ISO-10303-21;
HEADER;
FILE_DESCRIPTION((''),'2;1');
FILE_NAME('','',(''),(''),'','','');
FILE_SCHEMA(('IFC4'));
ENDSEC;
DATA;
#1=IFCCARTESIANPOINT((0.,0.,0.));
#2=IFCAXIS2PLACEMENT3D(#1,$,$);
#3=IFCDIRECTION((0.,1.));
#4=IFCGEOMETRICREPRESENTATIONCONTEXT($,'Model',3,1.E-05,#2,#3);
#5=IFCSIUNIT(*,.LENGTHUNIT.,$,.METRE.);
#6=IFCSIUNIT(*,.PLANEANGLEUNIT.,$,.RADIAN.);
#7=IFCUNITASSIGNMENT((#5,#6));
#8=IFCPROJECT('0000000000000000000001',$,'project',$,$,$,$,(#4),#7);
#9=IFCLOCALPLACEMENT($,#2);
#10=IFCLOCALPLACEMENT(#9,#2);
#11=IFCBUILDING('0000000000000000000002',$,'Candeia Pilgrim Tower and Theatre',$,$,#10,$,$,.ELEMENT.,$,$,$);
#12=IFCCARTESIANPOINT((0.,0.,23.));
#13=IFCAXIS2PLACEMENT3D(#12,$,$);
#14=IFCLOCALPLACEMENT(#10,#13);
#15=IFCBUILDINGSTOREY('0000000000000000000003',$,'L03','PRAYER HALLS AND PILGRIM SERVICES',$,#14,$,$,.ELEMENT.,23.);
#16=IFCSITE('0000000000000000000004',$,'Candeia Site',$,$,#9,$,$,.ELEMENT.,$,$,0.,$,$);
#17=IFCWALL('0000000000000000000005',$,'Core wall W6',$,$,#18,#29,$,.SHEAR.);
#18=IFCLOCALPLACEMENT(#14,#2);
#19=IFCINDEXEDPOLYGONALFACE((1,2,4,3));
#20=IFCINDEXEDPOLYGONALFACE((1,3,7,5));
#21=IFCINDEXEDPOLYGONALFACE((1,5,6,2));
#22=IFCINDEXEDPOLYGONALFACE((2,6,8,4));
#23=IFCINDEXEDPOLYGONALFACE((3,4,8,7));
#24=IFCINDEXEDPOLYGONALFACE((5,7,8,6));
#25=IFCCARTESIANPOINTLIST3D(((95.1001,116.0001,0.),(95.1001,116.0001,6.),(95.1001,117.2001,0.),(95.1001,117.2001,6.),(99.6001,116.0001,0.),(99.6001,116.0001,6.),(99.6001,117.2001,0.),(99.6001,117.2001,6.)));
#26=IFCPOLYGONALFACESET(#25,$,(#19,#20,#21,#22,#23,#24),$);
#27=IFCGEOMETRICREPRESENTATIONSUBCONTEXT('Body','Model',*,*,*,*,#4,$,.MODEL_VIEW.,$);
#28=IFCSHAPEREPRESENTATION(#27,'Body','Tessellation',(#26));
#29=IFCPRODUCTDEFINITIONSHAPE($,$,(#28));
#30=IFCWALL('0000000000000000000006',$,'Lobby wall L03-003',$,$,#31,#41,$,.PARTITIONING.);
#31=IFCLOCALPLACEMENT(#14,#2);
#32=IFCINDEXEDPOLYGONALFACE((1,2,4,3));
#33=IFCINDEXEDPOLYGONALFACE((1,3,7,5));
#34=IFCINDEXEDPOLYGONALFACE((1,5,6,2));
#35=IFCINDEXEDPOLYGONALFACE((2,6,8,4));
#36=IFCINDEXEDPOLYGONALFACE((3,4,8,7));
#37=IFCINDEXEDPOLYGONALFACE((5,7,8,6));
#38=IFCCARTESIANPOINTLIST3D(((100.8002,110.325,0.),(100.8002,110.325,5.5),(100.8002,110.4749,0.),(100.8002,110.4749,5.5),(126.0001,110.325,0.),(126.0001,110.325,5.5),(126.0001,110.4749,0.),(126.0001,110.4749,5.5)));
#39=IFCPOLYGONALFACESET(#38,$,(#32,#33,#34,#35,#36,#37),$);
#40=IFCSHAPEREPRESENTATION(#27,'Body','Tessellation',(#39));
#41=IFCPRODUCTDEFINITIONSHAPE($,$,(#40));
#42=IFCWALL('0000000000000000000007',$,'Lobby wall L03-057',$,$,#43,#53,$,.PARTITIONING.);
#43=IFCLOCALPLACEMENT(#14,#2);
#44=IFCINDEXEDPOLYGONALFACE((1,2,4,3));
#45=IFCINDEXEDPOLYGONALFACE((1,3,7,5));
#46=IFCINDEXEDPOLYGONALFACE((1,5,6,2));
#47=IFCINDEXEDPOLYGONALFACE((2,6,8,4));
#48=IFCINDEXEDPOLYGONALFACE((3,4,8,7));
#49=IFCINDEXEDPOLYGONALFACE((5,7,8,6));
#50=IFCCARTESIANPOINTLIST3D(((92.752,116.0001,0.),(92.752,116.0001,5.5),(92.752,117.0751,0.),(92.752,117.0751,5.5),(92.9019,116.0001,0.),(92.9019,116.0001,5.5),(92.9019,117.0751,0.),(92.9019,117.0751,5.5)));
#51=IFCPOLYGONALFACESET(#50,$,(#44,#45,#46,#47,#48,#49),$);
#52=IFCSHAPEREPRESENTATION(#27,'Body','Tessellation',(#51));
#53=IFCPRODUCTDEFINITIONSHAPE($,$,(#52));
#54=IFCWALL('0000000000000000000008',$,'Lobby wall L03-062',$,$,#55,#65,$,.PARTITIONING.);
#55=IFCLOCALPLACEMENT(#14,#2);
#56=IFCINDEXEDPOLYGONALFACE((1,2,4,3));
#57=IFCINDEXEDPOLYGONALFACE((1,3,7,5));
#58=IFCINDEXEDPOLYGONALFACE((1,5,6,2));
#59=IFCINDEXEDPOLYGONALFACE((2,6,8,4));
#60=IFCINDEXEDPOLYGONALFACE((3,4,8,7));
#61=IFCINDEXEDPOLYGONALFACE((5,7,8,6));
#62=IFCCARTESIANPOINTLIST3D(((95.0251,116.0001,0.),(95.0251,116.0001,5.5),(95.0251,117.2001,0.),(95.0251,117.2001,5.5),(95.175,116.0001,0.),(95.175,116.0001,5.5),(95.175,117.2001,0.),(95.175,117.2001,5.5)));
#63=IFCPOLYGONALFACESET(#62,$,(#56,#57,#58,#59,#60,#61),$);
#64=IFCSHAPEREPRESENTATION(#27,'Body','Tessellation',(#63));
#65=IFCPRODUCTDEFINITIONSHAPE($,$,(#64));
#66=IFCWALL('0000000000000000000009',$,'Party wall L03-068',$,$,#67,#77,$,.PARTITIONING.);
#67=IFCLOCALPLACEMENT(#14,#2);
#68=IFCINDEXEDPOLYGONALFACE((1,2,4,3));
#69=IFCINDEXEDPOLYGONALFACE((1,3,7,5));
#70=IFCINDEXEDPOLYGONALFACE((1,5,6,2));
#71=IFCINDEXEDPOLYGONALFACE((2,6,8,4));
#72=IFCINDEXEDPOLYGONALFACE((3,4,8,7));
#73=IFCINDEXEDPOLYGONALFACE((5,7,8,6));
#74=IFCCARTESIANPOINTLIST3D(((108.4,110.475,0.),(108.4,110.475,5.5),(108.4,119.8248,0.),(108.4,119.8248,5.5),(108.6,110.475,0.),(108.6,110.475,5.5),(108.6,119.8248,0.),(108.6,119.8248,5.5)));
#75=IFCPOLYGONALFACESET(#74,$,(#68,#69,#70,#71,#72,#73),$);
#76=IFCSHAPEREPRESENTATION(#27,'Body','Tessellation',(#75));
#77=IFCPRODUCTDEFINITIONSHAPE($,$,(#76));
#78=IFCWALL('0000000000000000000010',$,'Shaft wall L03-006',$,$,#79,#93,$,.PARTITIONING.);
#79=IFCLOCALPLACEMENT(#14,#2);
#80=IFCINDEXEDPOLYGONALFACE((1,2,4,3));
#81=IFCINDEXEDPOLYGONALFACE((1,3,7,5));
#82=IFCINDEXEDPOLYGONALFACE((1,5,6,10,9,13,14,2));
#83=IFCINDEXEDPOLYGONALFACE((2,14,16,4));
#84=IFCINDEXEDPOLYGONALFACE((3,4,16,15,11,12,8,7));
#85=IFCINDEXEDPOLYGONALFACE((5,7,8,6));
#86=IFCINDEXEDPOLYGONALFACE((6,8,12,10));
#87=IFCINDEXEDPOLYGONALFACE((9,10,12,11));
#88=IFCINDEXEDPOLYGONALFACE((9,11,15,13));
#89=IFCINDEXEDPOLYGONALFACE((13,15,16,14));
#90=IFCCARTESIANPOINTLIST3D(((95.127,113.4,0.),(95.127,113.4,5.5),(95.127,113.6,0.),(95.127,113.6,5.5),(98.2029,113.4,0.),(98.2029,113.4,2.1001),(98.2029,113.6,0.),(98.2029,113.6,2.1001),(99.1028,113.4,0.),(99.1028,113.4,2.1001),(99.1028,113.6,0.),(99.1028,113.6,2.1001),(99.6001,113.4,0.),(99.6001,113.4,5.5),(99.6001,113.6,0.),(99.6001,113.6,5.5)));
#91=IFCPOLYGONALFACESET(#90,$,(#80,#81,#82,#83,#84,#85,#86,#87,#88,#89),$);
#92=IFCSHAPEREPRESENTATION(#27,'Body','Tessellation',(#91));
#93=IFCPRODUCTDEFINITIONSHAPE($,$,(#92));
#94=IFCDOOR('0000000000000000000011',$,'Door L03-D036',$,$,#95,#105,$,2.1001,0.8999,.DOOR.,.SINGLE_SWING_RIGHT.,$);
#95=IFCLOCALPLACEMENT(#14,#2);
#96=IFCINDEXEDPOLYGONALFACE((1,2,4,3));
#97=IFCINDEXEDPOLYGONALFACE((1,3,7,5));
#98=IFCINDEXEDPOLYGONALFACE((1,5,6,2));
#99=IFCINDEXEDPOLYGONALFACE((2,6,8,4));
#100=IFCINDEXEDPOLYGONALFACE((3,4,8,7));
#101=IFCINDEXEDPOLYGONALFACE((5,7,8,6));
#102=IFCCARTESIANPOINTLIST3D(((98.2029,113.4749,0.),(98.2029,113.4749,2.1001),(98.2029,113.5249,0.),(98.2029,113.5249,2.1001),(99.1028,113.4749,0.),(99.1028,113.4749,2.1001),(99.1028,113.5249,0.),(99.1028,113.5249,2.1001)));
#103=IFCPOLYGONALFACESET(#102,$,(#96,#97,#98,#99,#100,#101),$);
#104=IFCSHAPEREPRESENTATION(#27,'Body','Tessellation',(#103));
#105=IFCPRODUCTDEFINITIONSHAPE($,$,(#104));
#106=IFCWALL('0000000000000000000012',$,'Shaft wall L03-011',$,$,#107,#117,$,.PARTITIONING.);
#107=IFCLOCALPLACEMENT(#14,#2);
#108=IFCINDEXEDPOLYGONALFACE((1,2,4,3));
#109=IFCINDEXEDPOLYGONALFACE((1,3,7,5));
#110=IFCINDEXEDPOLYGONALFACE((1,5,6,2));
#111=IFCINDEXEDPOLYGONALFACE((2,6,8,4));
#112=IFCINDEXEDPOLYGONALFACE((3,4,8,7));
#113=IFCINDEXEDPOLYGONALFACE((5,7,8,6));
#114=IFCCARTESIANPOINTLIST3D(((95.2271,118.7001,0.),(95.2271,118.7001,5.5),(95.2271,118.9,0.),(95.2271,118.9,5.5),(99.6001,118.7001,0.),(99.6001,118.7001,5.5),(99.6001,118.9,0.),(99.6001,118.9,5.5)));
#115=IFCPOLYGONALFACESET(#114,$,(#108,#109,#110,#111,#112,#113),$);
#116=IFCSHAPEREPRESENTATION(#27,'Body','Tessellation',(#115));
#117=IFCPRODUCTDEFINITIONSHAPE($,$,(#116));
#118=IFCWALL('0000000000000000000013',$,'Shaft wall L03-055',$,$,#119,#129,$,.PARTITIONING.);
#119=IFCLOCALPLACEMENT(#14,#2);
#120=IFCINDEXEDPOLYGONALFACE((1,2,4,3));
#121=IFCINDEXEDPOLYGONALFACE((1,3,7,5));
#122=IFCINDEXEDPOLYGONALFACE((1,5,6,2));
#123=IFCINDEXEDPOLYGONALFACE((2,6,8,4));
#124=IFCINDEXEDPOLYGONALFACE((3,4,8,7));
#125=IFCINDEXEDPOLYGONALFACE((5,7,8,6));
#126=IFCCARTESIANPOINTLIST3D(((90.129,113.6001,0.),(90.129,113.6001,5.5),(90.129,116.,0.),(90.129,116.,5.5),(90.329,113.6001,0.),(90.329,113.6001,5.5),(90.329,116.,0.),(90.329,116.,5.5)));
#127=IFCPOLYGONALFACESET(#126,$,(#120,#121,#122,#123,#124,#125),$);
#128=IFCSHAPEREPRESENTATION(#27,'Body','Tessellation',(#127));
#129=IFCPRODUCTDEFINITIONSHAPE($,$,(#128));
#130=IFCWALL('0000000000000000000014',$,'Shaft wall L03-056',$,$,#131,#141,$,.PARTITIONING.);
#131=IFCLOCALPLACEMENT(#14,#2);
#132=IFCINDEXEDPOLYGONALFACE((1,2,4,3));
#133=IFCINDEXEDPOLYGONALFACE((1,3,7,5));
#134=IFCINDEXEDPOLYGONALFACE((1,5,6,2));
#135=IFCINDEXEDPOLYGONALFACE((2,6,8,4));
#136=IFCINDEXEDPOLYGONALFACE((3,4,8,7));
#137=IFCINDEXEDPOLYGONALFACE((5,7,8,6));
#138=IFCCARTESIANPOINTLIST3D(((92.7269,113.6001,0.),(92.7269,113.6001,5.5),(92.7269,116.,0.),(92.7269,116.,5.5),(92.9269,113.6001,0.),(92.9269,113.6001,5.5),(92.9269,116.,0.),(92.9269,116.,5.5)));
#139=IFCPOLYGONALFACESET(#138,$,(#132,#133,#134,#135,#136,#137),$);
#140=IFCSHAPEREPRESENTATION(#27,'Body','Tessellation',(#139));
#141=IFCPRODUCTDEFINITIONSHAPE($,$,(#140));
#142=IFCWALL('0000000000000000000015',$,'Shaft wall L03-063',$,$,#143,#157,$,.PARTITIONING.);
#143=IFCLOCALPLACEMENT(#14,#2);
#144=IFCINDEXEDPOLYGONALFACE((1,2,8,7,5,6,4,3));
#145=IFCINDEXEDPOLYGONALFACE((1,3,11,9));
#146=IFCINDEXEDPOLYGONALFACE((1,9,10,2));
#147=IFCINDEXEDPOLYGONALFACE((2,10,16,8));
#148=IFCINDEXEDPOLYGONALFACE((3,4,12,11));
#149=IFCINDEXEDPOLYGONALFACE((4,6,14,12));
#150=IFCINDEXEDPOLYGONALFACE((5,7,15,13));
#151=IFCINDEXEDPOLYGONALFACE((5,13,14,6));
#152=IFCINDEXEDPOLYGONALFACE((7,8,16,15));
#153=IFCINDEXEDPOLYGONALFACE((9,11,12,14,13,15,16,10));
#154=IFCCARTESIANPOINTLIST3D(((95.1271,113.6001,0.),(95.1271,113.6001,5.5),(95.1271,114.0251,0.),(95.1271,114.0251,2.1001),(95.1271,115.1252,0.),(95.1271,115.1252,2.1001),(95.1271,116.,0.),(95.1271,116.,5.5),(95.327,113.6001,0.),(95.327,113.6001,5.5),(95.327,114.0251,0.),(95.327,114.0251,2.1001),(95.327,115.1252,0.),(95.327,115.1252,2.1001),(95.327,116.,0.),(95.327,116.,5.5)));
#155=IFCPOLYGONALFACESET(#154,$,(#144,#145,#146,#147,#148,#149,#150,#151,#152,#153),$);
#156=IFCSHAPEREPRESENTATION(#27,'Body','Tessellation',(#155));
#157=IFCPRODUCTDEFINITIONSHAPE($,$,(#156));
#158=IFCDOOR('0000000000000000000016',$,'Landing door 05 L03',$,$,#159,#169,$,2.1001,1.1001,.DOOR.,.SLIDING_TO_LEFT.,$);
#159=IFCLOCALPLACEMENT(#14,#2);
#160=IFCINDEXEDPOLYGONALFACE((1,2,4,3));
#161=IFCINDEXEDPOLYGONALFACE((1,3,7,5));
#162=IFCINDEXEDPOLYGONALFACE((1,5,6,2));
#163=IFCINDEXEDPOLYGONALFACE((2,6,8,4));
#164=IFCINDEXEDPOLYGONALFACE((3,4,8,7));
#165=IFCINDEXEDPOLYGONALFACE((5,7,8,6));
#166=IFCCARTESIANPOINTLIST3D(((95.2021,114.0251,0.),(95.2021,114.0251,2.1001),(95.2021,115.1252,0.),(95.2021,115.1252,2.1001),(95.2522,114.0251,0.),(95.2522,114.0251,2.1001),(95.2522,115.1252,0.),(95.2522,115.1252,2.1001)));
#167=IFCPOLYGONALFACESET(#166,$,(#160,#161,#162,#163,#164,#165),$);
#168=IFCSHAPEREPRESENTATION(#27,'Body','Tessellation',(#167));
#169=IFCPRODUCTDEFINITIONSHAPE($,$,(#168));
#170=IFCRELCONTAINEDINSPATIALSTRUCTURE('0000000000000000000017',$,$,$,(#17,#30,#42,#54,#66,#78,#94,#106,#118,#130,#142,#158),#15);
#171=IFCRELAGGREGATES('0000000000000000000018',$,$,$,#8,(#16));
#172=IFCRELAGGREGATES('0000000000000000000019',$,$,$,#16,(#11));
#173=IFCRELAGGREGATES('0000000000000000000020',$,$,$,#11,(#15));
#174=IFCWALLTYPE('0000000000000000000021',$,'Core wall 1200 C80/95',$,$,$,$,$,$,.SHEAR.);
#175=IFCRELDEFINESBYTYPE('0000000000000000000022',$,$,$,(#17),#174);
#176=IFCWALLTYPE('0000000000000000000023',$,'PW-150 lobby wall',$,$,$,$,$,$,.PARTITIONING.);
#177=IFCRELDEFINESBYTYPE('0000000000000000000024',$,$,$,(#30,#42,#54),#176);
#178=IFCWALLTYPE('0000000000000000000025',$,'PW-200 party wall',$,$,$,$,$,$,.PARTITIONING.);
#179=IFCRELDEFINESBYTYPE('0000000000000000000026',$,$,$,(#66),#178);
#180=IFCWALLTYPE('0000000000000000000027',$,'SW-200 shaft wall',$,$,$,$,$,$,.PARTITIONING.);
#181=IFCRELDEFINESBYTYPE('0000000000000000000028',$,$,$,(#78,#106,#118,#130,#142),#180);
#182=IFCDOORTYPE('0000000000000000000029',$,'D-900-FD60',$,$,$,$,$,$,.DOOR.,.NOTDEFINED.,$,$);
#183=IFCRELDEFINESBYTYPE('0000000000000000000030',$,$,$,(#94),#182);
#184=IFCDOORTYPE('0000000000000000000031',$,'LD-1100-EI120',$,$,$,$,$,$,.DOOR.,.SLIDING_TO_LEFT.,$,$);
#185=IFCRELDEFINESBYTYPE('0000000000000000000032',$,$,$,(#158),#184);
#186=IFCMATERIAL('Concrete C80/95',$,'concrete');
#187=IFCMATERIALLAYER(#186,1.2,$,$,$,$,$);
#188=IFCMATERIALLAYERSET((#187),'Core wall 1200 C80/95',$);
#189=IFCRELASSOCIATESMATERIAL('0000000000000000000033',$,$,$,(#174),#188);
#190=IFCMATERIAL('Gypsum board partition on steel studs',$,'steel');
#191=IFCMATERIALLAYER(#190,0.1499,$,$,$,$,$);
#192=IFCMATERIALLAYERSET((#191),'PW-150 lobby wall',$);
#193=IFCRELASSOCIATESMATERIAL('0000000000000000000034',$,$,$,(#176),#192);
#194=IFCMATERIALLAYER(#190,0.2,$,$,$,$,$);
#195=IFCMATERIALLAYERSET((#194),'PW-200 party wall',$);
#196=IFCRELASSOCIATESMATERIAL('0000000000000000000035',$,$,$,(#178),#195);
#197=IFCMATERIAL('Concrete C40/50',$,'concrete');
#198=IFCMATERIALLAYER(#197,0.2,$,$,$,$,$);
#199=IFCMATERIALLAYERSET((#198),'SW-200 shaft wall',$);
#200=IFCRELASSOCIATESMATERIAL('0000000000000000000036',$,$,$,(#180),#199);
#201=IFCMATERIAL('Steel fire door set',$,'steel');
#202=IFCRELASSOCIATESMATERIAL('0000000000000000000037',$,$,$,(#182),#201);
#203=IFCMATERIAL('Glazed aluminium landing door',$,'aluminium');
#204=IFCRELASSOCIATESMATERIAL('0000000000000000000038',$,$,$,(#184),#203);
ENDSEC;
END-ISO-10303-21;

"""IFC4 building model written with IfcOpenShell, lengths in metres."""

from ifc_helpers import new_model, si_unit, direction, frame, frame_2d, origin, place, context, subcontext, project, spatial, rectangle, extrude, material, layer, layer_set, type_object, element, fill, save


model = new_model("IFC4")

# Units and contexts
model_context = context("Model", 3, precision=1e-05, world=origin(), true_north=direction((0.0, 1.0)))
body_context = subcontext(model_context, "Body", "Model", "MODEL_VIEW")
ifc_project = project(units=[si_unit("LENGTHUNIT", "METRE"), si_unit("PLANEANGLEUNIT", "RADIAN")], contexts=[model_context])

# Site, building, storey
site_placement = place(None, origin())
site = spatial("IfcSite", under=ifc_project, at=site_placement, Name="Candeia Site", CompositionType="ELEMENT", RefElevation=0.0)
building_placement = place(site_placement, origin())
building = spatial("IfcBuilding", under=site, at=building_placement, Name="Candeia Pilgrim Tower and Theatre", CompositionType="ELEMENT")
storey_placement = place(building_placement, frame((0.0, 0.0, 23.0)))
storey = spatial("IfcBuildingStorey", under=building, at=storey_placement, Name="L03", Description="PRAYER HALLS AND PILGRIM SERVICES", CompositionType="ELEMENT", Elevation=23.0)

# Shared definitions
ifc_material_1 = material(Name="Concrete C80/95", Category="concrete")

# Shared definitions
ifc_layer_1 = layer(ifc_material_1, 1.2)
ifc_layer_set_1 = layer_set([ifc_layer_1], Name="Core wall 1200 C80/95")
wall_type_1 = type_object("IfcWallType", Name="Core wall 1200 C80/95", PredefinedType="SHEAR", material=ifc_layer_set_1)
ifc_material_2 = material(Name="Steel fire door set", Category="steel")

# Walls
wall_1_placement = place(storey_placement, frame((95.1001, 116.6001, 0.0), z_axis=(0.0, 0.0, 1.0), x_axis=(1.0, 0.0, 0.0)))
element("IfcWall", 1, at=wall_1_placement, inside=storey, type_object=wall_type_1, Name="Core wall W6", PredefinedType="SHEAR", context=body_context, shape_type="SweptSolid", body=[
    extrude(rectangle(XDim=4.5, YDim=1.2, at=frame_2d((2.25, 0.0))), origin(), (0.0, 0.0, 1.0), 6.0),
])
ifc_material_3 = material(Name="Gypsum board partition on steel studs", Category="steel")
ifc_layer_2 = layer(ifc_material_3, 0.1499)
ifc_layer_set_2 = layer_set([ifc_layer_2], Name="PW-150 lobby wall")
wall_type_2 = type_object("IfcWallType", Name="PW-150 lobby wall", PredefinedType="PARTITIONING", material=ifc_layer_set_2)
wall_2_placement = place(storey_placement, frame((100.8, 110.3999, 0.0), z_axis=(0.0, 0.0, 1.0), x_axis=(1.0, 0.0, 0.0)))
element("IfcWall", 2, at=wall_2_placement, inside=storey, type_object=wall_type_2, Name="Lobby wall L03-003", PredefinedType="PARTITIONING", context=body_context, shape_type="SweptSolid", body=[
    extrude(rectangle(XDim=25.2, YDim=0.1499, at=frame_2d((12.6001, 0.0))), origin(), (0.0, 0.0, 1.0), 5.5),
])
wall_3_placement = place(storey_placement, frame((92.8269, 116.0, 0.0), z_axis=(0.0, 0.0, 1.0), x_axis=(0.0, 1.0, 0.0)))
element("IfcWall", 3, at=wall_3_placement, inside=storey, type_object=wall_type_2, Name="Lobby wall L03-057", PredefinedType="PARTITIONING", context=body_context, shape_type="SweptSolid", body=[
    extrude(rectangle(XDim=1.075, YDim=0.1499, at=frame_2d((0.5376, 0.0))), origin(), (0.0, 0.0, 1.0), 5.5),
])
wall_4_placement = place(storey_placement, frame((95.1001, 116.0, 0.0), z_axis=(0.0, 0.0, 1.0), x_axis=(0.0, 1.0, 0.0)))
element("IfcWall", 4, at=wall_4_placement, inside=storey, type_object=wall_type_2, Name="Lobby wall L03-062", PredefinedType="PARTITIONING", context=body_context, shape_type="SweptSolid", body=[
    extrude(rectangle(XDim=1.2, YDim=0.1499, at=frame_2d((0.6001, 0.0))), origin(), (0.0, 0.0, 1.0), 5.5),
])
ifc_layer_3 = layer(ifc_material_3, 0.2)
ifc_layer_set_3 = layer_set([ifc_layer_3], Name="PW-200 party wall")
wall_type_3 = type_object("IfcWallType", Name="PW-200 party wall", PredefinedType="PARTITIONING", material=ifc_layer_set_3)
wall_5_placement = place(storey_placement, frame((108.5, 110.4751, 0.0), z_axis=(0.0, 0.0, 1.0), x_axis=(0.0, 1.0, 0.0)))
element("IfcWall", 5, at=wall_5_placement, inside=storey, type_object=wall_type_3, Name="Party wall L03-068", PredefinedType="PARTITIONING", context=body_context, shape_type="SweptSolid", body=[
    extrude(rectangle(XDim=9.3499, YDim=0.2, at=frame_2d((4.6748, 0.0))), origin(), (0.0, 0.0, 1.0), 5.5),
])

# Wall, opening, door
ifc_material_4 = material(Name="Concrete C40/50", Category="concrete")
ifc_layer_4 = layer(ifc_material_4, 0.2)
ifc_layer_set_4 = layer_set([ifc_layer_4], Name="SW-200 shaft wall")
wall_type_4 = type_object("IfcWallType", Name="SW-200 shaft wall", PredefinedType="PARTITIONING", material=ifc_layer_set_4)
wall_6_placement = place(storey_placement, frame((95.127, 113.5, 0.0), z_axis=(0.0, 0.0, 1.0), x_axis=(1.0, 0.0, 0.0)))
wall_6 = element("IfcWall", 6, at=wall_6_placement, inside=storey, type_object=wall_type_4, Name="Shaft wall L03-006", PredefinedType="PARTITIONING", context=body_context, shape_type="SweptSolid", body=[
    extrude(rectangle(XDim=4.4731, YDim=0.2, at=frame_2d((2.2366, 0.0))), origin(), (0.0, 0.0, 1.0), 5.5),
])
opening_1_placement = place(wall_6_placement, frame((3.0759, 0.0, 0.0)))
opening_1 = element("IfcOpeningElement", 7, at=opening_1_placement, cuts=wall_6, PredefinedType="OPENING", context=body_context, shape_type="SweptSolid", body=[
    extrude(rectangle(XDim=0.8999, YDim=2.1001, at=frame_2d((0.45, 1.05))), frame((0.0, 0.1099, 0.0), z_axis=(0.0, -1.0, 0.0), x_axis=(1.0, 0.0, 0.0)), (0.0, 0.0, 1.0), 0.22),
])
door_type_1 = type_object("IfcDoorType", Name="D-900-FD60", OperationType="NOTDEFINED", PredefinedType="DOOR", material=ifc_material_2)
door_1_placement = place(opening_1_placement, origin())
door_1 = element("IfcDoor", 8, at=door_1_placement, inside=storey, type_object=door_type_1, Name="Door L03-D036", OperationType="SINGLE_SWING_RIGHT", OverallHeight=2.1001, OverallWidth=0.8999, PredefinedType="DOOR", context=body_context, shape_type="SweptSolid", body=[
    extrude(rectangle(XDim=0.8999, YDim=2.1001, at=frame_2d((0.45, 1.05))), frame((0.0, 0.0249, 0.0), z_axis=(0.0, -1.0, 0.0), x_axis=(1.0, 0.0, 0.0)), (0.0, 0.0, 1.0), 0.05),
])
fill(opening_1, door_1)

# Walls
wall_7_placement = place(storey_placement, frame((95.2271, 118.8, 0.0), z_axis=(0.0, 0.0, 1.0), x_axis=(1.0, 0.0, 0.0)))
element("IfcWall", 9, at=wall_7_placement, inside=storey, type_object=wall_type_4, Name="Shaft wall L03-011", PredefinedType="PARTITIONING", context=body_context, shape_type="SweptSolid", body=[
    extrude(rectangle(XDim=4.373, YDim=0.2, at=frame_2d((2.1865, 0.0))), origin(), (0.0, 0.0, 1.0), 5.5),
])
for number, where, z_axis, x_axis, name in (
    (10, (90.229, 113.6001, 0.0), (0.0, 0.0, 1.0), (0.0, 1.0, 0.0), "Shaft wall L03-055"),
    (11, (92.8269, 113.6001, 0.0), (0.0, 0.0, 1.0), (0.0, 1.0, 0.0), "Shaft wall L03-056"),
):
    element("IfcWall", number, at=place(storey_placement, frame(where, z_axis=z_axis, x_axis=x_axis)), inside=storey, type_object=wall_type_4, Name=name, PredefinedType="PARTITIONING", context=body_context, shape_type="SweptSolid", body=[
        extrude(rectangle(XDim=2.3999, YDim=0.2, at=frame_2d((1.2, 0.0))), origin(), (0.0, 0.0, 1.0), 5.5),
    ])

# Wall, opening, door
wall_8_placement = place(storey_placement, frame((95.2271, 113.6001, 0.0), z_axis=(0.0, 0.0, 1.0), x_axis=(0.0, 1.0, 0.0)))
wall_8 = element("IfcWall", 12, at=wall_8_placement, inside=storey, type_object=wall_type_4, Name="Shaft wall L03-063", PredefinedType="PARTITIONING", context=body_context, shape_type="SweptSolid", body=[
    extrude(rectangle(XDim=2.3999, YDim=0.2, at=frame_2d((1.2, 0.0))), origin(), (0.0, 0.0, 1.0), 5.5),
])
opening_2_placement = place(wall_8_placement, frame((0.425, 0.0, 0.0)))
opening_2 = element("IfcOpeningElement", 13, at=opening_2_placement, cuts=wall_8, PredefinedType="OPENING", context=body_context, shape_type="SweptSolid", body=[
    extrude(rectangle(XDim=1.1001, YDim=2.1001, at=frame_2d((0.55, 1.05))), frame((0.0, 0.1099, 0.0), z_axis=(0.0, -1.0, 0.0), x_axis=(1.0, 0.0, 0.0)), (0.0, 0.0, 1.0), 0.22),
])
ifc_material_5 = material(Name="Glazed aluminium landing door", Category="aluminium")
door_type_2 = type_object("IfcDoorType", Name="LD-1100-EI120", OperationType="SLIDING_TO_LEFT", PredefinedType="DOOR", material=ifc_material_5)
door_2_placement = place(opening_2_placement, origin())
door_2 = element("IfcDoor", 14, at=door_2_placement, inside=storey, type_object=door_type_2, Name="Landing door 05 L03", OperationType="SLIDING_TO_LEFT", OverallHeight=2.1001, OverallWidth=1.1001, PredefinedType="DOOR", context=body_context, shape_type="SweptSolid", body=[
    extrude(rectangle(XDim=1.1001, YDim=2.1001, at=frame_2d((0.55, 1.05))), frame((0.0, 0.0249, 0.0), z_axis=(0.0, -1.0, 0.0), x_axis=(1.0, 0.0, 0.0)), (0.0, 0.0, 1.0), 0.05),
])
fill(opening_2, door_2)

save(model, "model.ifc")
